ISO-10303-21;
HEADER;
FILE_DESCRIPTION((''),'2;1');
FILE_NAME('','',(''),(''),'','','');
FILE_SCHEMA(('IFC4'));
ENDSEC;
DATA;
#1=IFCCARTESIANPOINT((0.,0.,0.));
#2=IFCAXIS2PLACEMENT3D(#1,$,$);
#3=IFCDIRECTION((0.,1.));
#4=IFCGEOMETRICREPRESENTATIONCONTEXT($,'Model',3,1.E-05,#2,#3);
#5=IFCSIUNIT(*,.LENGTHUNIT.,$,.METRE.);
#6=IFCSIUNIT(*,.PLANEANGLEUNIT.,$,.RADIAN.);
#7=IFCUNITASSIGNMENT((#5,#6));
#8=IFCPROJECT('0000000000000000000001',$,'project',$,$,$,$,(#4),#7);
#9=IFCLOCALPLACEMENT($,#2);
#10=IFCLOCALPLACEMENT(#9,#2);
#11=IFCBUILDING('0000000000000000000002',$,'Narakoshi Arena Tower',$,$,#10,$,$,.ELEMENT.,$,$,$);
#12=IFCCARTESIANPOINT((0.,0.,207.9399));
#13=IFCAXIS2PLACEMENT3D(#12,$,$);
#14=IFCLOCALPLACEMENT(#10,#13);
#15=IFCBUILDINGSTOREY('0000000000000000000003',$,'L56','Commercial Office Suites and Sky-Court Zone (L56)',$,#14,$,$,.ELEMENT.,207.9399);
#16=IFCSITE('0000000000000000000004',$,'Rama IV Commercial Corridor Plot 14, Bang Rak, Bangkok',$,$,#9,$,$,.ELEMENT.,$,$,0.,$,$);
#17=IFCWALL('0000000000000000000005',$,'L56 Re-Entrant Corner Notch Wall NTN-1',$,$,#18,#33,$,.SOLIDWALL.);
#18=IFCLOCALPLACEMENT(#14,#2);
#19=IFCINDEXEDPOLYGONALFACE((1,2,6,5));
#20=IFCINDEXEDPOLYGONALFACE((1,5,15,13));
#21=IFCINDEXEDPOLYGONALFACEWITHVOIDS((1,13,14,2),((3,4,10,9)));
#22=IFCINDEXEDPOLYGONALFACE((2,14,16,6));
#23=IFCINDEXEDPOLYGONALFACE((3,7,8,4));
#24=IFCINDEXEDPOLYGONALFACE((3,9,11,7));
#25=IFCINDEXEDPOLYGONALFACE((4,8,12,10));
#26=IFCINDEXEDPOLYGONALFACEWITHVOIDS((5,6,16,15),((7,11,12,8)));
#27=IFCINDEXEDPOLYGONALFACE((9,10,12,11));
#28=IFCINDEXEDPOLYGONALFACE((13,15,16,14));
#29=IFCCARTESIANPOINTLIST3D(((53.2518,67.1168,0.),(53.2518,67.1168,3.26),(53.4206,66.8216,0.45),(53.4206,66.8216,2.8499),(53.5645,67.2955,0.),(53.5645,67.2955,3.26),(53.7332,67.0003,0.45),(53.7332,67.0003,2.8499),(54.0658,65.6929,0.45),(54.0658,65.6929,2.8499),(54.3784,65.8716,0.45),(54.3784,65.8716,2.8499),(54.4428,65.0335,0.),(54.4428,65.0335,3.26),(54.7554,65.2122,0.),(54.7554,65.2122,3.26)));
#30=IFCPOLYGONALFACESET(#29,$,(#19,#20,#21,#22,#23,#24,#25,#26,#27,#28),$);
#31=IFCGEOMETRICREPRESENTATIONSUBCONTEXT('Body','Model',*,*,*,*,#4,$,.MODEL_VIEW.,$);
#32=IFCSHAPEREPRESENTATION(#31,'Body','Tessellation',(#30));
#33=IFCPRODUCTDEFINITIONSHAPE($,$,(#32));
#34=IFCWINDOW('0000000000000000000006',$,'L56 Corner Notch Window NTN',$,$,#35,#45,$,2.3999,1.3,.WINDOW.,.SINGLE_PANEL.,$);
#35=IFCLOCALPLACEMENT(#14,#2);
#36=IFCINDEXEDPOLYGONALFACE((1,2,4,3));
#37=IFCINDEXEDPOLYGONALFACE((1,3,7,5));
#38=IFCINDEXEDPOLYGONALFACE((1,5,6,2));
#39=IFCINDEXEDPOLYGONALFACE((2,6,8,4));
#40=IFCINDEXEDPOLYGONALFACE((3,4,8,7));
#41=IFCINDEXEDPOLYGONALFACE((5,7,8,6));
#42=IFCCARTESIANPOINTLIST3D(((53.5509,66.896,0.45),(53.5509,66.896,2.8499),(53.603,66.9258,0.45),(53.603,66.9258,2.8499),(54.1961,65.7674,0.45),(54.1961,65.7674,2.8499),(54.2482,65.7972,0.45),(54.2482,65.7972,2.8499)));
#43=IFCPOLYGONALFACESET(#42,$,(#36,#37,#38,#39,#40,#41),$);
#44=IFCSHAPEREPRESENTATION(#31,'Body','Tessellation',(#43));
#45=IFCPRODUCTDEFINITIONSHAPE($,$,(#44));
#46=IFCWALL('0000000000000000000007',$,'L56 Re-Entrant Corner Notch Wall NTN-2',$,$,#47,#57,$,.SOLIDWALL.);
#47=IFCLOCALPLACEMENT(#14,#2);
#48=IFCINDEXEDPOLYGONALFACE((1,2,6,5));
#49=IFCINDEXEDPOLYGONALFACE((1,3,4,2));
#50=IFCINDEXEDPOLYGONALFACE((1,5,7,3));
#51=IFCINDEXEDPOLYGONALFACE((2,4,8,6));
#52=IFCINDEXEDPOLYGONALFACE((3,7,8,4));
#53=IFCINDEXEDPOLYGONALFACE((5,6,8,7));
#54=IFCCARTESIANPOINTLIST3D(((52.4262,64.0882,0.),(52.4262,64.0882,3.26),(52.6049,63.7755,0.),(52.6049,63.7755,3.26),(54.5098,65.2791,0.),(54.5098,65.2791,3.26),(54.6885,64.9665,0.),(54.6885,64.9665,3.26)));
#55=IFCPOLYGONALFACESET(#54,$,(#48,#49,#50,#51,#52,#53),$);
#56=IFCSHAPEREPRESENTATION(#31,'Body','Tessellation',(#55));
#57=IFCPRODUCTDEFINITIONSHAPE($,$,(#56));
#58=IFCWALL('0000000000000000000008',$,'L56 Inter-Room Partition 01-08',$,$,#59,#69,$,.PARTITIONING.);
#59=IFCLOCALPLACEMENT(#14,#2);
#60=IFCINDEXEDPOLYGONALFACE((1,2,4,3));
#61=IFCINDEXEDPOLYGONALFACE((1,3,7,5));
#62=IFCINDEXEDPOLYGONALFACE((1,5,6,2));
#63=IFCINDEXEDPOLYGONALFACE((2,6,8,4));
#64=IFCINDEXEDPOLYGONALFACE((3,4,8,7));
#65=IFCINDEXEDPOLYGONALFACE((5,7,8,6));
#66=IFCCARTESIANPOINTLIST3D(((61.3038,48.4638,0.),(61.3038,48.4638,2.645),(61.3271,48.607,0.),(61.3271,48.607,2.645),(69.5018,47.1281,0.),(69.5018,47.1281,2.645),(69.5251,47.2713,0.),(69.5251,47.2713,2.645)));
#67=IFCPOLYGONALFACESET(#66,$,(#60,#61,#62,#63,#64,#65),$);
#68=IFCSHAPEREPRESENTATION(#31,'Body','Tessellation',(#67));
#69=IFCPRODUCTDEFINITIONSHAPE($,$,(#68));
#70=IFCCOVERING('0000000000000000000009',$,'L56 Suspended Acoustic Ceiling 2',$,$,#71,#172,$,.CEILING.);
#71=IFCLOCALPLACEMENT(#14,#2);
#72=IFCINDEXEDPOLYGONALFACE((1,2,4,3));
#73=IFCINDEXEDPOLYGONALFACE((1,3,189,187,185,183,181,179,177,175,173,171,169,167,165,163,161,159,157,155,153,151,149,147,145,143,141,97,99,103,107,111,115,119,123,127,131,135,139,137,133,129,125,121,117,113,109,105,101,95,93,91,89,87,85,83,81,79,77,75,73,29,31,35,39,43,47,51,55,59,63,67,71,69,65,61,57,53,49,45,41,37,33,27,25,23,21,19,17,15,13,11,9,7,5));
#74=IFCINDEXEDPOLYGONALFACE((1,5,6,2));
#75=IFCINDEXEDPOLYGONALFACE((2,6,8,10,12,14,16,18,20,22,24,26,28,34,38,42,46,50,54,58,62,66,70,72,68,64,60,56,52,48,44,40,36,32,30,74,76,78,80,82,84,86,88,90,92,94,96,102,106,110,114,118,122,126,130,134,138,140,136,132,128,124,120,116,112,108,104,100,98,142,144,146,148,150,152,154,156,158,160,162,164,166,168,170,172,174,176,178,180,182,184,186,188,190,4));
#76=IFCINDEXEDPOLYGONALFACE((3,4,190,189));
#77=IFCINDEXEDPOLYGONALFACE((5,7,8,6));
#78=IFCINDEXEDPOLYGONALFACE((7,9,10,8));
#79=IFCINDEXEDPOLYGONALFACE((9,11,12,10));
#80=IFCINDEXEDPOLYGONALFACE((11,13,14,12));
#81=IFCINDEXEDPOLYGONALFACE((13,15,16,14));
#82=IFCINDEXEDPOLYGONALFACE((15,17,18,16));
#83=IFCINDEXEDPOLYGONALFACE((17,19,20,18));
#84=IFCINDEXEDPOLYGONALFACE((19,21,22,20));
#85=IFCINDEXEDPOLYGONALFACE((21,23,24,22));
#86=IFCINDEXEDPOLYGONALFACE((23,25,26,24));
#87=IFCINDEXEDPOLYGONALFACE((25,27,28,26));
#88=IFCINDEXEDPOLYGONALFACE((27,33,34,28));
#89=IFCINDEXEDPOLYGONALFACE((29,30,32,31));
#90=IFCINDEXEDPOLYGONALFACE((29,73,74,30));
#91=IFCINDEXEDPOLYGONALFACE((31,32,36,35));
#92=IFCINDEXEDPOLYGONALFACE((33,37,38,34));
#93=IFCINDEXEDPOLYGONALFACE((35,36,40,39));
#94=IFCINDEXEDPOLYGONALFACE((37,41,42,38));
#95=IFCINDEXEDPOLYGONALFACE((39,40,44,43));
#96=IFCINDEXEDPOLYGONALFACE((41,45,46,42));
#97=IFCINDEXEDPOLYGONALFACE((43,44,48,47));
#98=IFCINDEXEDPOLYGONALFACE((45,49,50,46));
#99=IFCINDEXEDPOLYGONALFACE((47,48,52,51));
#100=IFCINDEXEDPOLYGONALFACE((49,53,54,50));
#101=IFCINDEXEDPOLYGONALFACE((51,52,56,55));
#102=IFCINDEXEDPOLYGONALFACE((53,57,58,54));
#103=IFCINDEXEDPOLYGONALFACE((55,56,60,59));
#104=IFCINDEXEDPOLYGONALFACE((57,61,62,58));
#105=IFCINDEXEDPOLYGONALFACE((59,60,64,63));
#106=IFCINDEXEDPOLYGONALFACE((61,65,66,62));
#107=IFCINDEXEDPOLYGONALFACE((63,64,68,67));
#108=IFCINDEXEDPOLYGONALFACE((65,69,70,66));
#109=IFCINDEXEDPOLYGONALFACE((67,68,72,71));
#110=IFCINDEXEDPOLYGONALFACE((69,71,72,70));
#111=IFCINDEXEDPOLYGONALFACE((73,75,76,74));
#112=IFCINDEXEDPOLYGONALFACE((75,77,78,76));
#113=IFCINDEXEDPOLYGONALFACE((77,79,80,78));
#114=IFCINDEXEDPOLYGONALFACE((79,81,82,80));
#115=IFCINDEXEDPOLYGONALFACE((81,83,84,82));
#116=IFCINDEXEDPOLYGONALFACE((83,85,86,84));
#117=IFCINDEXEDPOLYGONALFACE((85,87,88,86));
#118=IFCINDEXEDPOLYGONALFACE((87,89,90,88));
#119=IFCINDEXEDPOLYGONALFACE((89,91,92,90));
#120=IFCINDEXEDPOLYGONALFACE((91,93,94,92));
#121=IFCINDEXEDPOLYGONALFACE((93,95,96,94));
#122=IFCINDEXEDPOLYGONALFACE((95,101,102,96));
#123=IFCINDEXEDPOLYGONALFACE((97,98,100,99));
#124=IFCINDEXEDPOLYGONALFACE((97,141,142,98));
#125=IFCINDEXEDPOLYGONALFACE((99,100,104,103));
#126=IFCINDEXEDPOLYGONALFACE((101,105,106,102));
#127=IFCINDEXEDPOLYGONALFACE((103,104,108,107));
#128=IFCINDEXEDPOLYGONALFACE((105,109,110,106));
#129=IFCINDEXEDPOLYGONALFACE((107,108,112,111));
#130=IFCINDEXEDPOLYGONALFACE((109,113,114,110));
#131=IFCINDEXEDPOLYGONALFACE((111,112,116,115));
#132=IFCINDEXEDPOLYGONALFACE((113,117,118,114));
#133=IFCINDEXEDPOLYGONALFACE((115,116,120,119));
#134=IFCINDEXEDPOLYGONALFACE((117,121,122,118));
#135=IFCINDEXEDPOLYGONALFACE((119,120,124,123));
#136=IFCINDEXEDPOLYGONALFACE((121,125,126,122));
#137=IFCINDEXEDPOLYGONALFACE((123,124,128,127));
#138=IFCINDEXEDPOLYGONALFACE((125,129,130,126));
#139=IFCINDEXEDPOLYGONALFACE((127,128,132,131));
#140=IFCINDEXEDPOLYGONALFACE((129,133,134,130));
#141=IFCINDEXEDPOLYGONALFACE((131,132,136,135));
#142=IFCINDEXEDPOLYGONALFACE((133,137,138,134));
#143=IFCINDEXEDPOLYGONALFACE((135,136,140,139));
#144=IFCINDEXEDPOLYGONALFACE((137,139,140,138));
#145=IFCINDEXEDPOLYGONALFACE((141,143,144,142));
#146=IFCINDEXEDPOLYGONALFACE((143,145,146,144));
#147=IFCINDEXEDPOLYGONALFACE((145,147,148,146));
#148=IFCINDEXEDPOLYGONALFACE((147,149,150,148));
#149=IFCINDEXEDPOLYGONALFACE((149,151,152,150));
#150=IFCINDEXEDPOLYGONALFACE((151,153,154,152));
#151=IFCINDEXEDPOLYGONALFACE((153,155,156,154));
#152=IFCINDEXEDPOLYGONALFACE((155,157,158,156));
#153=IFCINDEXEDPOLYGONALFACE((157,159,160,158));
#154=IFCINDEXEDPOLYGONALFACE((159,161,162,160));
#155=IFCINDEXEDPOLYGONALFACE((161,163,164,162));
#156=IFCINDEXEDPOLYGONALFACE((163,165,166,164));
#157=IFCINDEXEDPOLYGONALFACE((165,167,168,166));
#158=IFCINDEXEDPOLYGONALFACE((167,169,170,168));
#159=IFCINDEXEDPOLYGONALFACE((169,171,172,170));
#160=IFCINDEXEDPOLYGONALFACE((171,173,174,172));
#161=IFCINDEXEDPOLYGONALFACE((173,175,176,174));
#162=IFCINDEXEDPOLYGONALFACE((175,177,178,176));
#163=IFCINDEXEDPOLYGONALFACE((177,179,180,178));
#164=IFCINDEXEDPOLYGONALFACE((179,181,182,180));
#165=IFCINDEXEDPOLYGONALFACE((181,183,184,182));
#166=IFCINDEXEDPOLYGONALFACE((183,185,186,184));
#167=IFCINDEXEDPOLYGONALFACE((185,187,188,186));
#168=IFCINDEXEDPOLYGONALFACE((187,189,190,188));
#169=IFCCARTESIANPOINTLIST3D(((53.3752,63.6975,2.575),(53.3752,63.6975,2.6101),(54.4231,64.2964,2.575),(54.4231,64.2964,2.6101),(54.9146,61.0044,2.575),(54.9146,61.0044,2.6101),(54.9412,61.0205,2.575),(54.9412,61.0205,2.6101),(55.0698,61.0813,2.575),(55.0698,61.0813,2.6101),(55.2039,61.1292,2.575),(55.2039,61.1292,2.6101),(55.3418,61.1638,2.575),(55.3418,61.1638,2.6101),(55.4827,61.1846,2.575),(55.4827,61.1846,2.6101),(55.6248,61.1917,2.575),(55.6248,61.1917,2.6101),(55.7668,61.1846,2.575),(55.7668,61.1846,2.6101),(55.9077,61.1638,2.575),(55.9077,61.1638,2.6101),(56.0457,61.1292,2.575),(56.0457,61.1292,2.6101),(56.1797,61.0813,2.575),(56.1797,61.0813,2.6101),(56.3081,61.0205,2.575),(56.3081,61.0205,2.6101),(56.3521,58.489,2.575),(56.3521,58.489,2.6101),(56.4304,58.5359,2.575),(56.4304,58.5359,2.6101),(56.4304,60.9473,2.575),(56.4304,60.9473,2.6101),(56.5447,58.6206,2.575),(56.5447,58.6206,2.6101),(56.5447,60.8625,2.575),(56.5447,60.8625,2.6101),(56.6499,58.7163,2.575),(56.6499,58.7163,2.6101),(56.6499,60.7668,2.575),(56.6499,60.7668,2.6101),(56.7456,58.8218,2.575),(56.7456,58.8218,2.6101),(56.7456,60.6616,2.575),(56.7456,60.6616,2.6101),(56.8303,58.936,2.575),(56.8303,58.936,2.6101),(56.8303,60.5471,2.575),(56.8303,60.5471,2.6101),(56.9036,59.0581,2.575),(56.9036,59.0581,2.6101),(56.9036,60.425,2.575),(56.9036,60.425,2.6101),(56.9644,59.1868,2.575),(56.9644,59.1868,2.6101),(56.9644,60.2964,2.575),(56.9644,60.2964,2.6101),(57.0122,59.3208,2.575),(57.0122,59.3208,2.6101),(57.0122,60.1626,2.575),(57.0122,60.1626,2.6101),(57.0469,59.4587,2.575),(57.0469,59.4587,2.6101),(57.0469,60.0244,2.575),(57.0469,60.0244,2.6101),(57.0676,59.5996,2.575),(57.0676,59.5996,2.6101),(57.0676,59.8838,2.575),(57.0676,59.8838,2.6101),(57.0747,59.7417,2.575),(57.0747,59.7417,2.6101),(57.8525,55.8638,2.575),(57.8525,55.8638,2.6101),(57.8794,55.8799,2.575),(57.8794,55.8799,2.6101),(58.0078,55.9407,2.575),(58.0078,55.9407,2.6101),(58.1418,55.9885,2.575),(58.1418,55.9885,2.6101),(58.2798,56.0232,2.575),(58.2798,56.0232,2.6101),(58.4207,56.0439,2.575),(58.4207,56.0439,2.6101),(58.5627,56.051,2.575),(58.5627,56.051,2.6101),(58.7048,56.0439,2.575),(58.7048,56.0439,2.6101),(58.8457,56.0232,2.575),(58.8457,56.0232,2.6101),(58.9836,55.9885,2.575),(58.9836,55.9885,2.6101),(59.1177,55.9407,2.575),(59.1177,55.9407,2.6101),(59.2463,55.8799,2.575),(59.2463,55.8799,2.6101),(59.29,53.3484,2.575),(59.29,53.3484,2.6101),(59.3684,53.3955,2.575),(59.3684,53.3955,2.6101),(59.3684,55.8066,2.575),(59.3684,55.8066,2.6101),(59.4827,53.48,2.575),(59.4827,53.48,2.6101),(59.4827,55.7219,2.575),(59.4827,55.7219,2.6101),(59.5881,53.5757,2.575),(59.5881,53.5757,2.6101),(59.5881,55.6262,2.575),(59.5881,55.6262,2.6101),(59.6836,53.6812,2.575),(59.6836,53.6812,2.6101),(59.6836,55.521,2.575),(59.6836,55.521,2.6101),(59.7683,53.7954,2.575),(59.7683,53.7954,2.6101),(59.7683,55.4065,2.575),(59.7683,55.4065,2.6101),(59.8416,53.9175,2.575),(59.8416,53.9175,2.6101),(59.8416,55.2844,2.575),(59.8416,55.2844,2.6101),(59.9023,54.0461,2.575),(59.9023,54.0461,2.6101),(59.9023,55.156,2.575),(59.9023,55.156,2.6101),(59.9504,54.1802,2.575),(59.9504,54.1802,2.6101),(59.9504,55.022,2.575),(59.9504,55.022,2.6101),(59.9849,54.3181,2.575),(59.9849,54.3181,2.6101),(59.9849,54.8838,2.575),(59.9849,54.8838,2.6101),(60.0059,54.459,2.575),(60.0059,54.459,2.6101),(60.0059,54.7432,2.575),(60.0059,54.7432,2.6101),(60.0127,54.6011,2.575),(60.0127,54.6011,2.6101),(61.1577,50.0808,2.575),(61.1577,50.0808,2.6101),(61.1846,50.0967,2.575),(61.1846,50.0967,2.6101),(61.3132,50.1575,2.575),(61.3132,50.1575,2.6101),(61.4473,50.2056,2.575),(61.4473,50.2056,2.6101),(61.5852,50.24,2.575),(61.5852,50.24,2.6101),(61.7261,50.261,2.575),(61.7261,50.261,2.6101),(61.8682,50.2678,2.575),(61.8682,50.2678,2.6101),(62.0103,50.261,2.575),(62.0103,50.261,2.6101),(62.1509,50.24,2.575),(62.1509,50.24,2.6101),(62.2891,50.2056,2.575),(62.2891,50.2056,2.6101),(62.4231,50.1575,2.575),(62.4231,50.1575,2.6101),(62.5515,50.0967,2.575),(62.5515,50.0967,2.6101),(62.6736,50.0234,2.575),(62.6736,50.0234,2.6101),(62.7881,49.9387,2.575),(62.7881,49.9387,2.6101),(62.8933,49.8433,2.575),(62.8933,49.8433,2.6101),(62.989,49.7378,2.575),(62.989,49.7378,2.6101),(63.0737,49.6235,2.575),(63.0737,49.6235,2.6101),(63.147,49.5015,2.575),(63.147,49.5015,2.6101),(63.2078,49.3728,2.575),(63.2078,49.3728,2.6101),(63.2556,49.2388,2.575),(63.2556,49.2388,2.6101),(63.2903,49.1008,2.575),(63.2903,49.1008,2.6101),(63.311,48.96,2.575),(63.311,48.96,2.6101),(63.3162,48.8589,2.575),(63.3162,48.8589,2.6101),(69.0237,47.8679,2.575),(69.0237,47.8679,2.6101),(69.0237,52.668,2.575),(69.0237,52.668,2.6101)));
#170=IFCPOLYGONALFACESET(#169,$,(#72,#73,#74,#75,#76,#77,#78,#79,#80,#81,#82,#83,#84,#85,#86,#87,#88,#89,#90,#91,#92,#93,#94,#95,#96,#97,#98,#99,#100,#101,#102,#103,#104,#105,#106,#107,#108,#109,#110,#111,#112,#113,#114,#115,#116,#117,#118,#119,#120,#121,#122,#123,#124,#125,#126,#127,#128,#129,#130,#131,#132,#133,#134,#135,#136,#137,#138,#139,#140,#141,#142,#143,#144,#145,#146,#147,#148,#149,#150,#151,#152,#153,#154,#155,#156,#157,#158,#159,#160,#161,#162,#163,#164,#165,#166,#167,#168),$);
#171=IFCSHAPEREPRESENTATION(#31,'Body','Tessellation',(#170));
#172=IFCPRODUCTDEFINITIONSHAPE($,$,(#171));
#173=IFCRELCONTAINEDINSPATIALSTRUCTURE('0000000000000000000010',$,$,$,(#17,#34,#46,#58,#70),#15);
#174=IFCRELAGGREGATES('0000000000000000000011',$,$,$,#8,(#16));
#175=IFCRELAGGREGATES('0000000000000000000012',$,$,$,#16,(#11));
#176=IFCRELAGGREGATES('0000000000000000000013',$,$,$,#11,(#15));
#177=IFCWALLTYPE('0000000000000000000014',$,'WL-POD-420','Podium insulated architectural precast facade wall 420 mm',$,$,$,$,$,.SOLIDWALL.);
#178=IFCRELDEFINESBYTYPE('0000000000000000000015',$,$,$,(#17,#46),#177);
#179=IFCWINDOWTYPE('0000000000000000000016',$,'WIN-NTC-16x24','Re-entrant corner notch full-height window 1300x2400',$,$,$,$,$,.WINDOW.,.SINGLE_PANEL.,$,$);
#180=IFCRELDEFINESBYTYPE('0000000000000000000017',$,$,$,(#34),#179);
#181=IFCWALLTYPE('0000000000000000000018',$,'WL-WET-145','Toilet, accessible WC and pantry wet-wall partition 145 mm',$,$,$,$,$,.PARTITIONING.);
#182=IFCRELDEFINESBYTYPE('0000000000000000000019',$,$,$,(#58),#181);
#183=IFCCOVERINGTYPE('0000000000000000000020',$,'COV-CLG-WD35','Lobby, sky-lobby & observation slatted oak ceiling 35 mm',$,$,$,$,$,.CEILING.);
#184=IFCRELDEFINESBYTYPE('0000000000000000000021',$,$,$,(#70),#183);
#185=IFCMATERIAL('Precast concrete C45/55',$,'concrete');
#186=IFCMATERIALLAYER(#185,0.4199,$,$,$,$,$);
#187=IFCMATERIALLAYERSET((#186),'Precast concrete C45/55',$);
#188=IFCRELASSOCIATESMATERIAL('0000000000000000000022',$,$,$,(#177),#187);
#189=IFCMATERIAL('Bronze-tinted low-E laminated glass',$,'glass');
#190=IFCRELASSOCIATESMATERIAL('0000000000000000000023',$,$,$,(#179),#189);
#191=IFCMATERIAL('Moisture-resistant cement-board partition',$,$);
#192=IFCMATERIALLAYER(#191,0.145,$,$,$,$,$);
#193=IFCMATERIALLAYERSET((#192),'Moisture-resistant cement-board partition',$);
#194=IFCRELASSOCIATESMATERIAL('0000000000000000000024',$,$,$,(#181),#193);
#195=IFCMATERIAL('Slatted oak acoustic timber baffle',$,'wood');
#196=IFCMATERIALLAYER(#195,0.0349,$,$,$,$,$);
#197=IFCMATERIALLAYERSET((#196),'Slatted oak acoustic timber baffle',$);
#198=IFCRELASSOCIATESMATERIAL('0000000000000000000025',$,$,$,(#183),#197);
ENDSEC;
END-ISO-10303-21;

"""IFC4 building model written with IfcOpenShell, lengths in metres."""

from ifc_helpers import new_model, si_unit, direction, frame, frame_2d, origin, place, context, subcontext, project, spatial, polyline, rectangle, outline, extrude, material, layer, layer_set, type_object, element, fill, save


model = new_model("IFC4")

# Units and contexts
model_context = context("Model", 3, precision=1e-05, world=origin(), true_north=direction((0.0, 1.0)))
body_context = subcontext(model_context, "Body", "Model", "MODEL_VIEW")
ifc_project = project(units=[si_unit("LENGTHUNIT", "METRE"), si_unit("PLANEANGLEUNIT", "RADIAN")], contexts=[model_context])

# Site, building, storey
site_placement = place(None, origin())
site = spatial("IfcSite", under=ifc_project, at=site_placement, Name="Rama IV Commercial Corridor Plot 14, Bang Rak, Bangkok", CompositionType="ELEMENT", RefElevation=0.0)
building_placement = place(site_placement, origin())
building = spatial("IfcBuilding", under=site, at=building_placement, Name="Narakoshi Arena Tower", CompositionType="ELEMENT")
storey_placement = place(building_placement, frame((0.0, 0.0, 207.9399)))
storey = spatial("IfcBuildingStorey", under=building, at=storey_placement, Name="L56", Description="Commercial Office Suites and Sky-Court Zone (L56)", CompositionType="ELEMENT", Elevation=207.9399)

# Shared definitions
ifc_material_1 = material(Name="Bronze-tinted low-E laminated glass", Category="glass")

# Shared definitions
ifc_material_2 = material(Name="Precast concrete C45/55", Category="concrete")

# Wall, opening, window
ifc_layer_1 = layer(ifc_material_2, 0.4199)
ifc_layer_set_1 = layer_set([ifc_layer_1], Name="Precast concrete C45/55")
wall_type_1 = type_object("IfcWallType", Name="WL-POD-420", Description="Podium insulated architectural precast facade wall 420 mm", PredefinedType="SOLIDWALL", material=ifc_layer_set_1)
wall_1_placement = place(storey_placement, frame((53.4082, 67.2061, 0.0), z_axis=(0.0, 0.0, 1.0), x_axis=(0.496292, -0.868155, 0.0)))
wall_1 = element("IfcWall", 1, at=wall_1_placement, inside=storey, type_object=wall_type_1, Name="L56 Re-Entrant Corner Notch Wall NTN-1", PredefinedType="SOLIDWALL", context=body_context, shape_type="SweptSolid", body=[
    extrude(rectangle(XDim=2.3997, YDim=0.3601, at=frame_2d((1.1997, 0.0))), origin(), (0.0, 0.0, 1.0), 3.26),
])
opening_1_placement = place(wall_1_placement, frame((0.3401, 0.0, 0.45)))
opening_1 = element("IfcOpeningElement", 2, at=opening_1_placement, cuts=wall_1, PredefinedType="OPENING", context=body_context, shape_type="SweptSolid", body=[
    extrude(rectangle(XDim=1.3, YDim=2.3999, at=frame_2d((0.6499, 1.2))), frame((0.0, 0.1899, 0.0), z_axis=(0.0, -1.0, 0.0), x_axis=(1.0, 0.0, 0.0)), (0.0, 0.0, 1.0), 0.3801),
])
window_type_1 = type_object("IfcWindowType", Name="WIN-NTC-16x24", Description="Re-entrant corner notch full-height window 1300x2400", PartitioningType="SINGLE_PANEL", PredefinedType="WINDOW", material=ifc_material_1)
window_1_placement = place(opening_1_placement, origin())
window_1 = element("IfcWindow", 3, at=window_1_placement, inside=storey, type_object=window_type_1, Name="L56 Corner Notch Window NTN", OverallHeight=2.3999, OverallWidth=1.3, PartitioningType="SINGLE_PANEL", PredefinedType="WINDOW", context=body_context, shape_type="SweptSolid", body=[
    extrude(rectangle(XDim=1.3, YDim=2.3999, at=frame_2d((0.6499, 1.2))), frame((0.0, 0.03, 0.0), z_axis=(0.0, -1.0, 0.0), x_axis=(1.0, 0.0, 0.0)), (0.0, 0.0, 1.0), 0.0601),
])
fill(opening_1, window_1)

# Walls
wall_2_placement = place(storey_placement, frame((54.5991, 65.1228, 0.0), z_axis=(0.0, 0.0, 1.0), x_axis=(-0.868181, -0.496248, 0.0)))
element("IfcWall", 4, at=wall_2_placement, inside=storey, type_object=wall_type_1, Name="L56 Re-Entrant Corner Notch Wall NTN-2", PredefinedType="SOLIDWALL", context=body_context, shape_type="SweptSolid", body=[
    extrude(rectangle(XDim=2.3999, YDim=0.3601, at=frame_2d((1.2, 0.0))), origin(), (0.0, 0.0, 1.0), 3.26),
])
ifc_material_3 = material(Name="Moisture-resistant cement-board partition")
ifc_layer_2 = layer(ifc_material_3, 0.145)
ifc_layer_set_2 = layer_set([ifc_layer_2], Name="Moisture-resistant cement-board partition")
wall_type_2 = type_object("IfcWallType", Name="WL-WET-145", Description="Toilet, accessible WC and pantry wet-wall partition 145 mm", PredefinedType="PARTITIONING", material=ifc_layer_set_2)
wall_3_placement = place(storey_placement, frame((61.3154, 48.5354, 0.0), z_axis=(0.0, 0.0, 1.0), x_axis=(0.986986, -0.160809, 0.0)))
element("IfcWall", 5, at=wall_3_placement, inside=storey, type_object=wall_type_2, Name="L56 Inter-Room Partition 01-08", PredefinedType="PARTITIONING", context=body_context, shape_type="SweptSolid", body=[
    extrude(rectangle(XDim=8.3062, YDim=0.145, at=frame_2d((4.1531, 0.0))), origin(), (0.0, 0.0, 1.0), 2.645),
])

# Covering
ifc_material_4 = material(Name="Slatted oak acoustic timber baffle", Category="wood")
ifc_layer_3 = layer(ifc_material_4, 0.0349)
ifc_layer_set_3 = layer_set([ifc_layer_3], Name="Slatted oak acoustic timber baffle")
covering_type_1 = type_object("IfcCoveringType", Name="COV-CLG-WD35", Description="Lobby, sky-lobby & observation slatted oak ceiling 35 mm", PredefinedType="CEILING", material=ifc_layer_set_3)
covering_1_placement = place(storey_placement, frame((0.0, 0.0, 2.575)))
element("IfcCovering", 6, at=covering_1_placement, inside=storey, type_object=covering_type_1, Name="L56 Suspended Acoustic Ceiling 2", PredefinedType="CEILING", context=body_context, shape_type="SweptSolid", body=[
    extrude(outline(polyline([(69.0237, 52.668), (69.0237, 47.8679), (63.3162, 48.8589), (63.311, 48.96), (63.2903, 49.1008), (63.2556, 49.2388), (63.2078, 49.3728), (63.147, 49.5015), (63.0737, 49.6235), (62.989, 49.7378), (62.8933, 49.8433), (62.7881, 49.9387), (62.6736, 50.0234), (62.5515, 50.0967), (62.4231, 50.1575), (62.2891, 50.2056), (62.1509, 50.24), (62.0103, 50.261), (61.8682, 50.2678), (61.7261, 50.261), (61.5852, 50.24), (61.4473, 50.2056), (61.3132, 50.1575), (61.1846, 50.0967), (61.1577, 50.0808), (59.29, 53.3484), (59.3684, 53.3955), (59.4827, 53.48), (59.5881, 53.5757), (59.6836, 53.6812), (59.7683, 53.7954), (59.8416, 53.9175), (59.9023, 54.0461), (59.9504, 54.1802), (59.9849, 54.3181), (60.0059, 54.459), (60.0127, 54.6011), (60.0059, 54.7432), (59.9849, 54.8838), (59.9504, 55.022), (59.9023, 55.156), (59.8416, 55.2844), (59.7683, 55.4065), (59.6836, 55.521), (59.5881, 55.6262), (59.4827, 55.7219), (59.3684, 55.8066), (59.2463, 55.8799), (59.1177, 55.9407), (58.9836, 55.9885), (58.8457, 56.0232), (58.7048, 56.0439), (58.5627, 56.051), (58.4207, 56.0439), (58.2798, 56.0232), (58.1418, 55.9885), (58.0078, 55.9407), (57.8794, 55.8799), (57.8525, 55.8638), (56.3521, 58.489), (56.4304, 58.5359), (56.5447, 58.6206), (56.6499, 58.7163), (56.7456, 58.8218), (56.8303, 58.936), (56.9036, 59.0581), (56.9644, 59.1868), (57.0122, 59.3208), (57.0469, 59.4587), (57.0676, 59.5996), (57.0747, 59.7417), (57.0676, 59.8838), (57.0469, 60.0244), (57.0122, 60.1626), (56.9644, 60.2964), (56.9036, 60.425), (56.8303, 60.5471), (56.7456, 60.6616), (56.6499, 60.7668), (56.5447, 60.8625), (56.4304, 60.9473), (56.3081, 61.0205), (56.1797, 61.0813), (56.0457, 61.1292), (55.9077, 61.1638), (55.7668, 61.1846), (55.6248, 61.1917), (55.4827, 61.1846), (55.3418, 61.1638), (55.2039, 61.1292), (55.0698, 61.0813), (54.9412, 61.0205), (54.9146, 61.0044), (53.3752, 63.6975), (54.4231, 64.2964), (69.0237, 52.668)])), origin(), (0.0, 0.0, 1.0), 0.0352),
])

save(model, "model.ifc")
